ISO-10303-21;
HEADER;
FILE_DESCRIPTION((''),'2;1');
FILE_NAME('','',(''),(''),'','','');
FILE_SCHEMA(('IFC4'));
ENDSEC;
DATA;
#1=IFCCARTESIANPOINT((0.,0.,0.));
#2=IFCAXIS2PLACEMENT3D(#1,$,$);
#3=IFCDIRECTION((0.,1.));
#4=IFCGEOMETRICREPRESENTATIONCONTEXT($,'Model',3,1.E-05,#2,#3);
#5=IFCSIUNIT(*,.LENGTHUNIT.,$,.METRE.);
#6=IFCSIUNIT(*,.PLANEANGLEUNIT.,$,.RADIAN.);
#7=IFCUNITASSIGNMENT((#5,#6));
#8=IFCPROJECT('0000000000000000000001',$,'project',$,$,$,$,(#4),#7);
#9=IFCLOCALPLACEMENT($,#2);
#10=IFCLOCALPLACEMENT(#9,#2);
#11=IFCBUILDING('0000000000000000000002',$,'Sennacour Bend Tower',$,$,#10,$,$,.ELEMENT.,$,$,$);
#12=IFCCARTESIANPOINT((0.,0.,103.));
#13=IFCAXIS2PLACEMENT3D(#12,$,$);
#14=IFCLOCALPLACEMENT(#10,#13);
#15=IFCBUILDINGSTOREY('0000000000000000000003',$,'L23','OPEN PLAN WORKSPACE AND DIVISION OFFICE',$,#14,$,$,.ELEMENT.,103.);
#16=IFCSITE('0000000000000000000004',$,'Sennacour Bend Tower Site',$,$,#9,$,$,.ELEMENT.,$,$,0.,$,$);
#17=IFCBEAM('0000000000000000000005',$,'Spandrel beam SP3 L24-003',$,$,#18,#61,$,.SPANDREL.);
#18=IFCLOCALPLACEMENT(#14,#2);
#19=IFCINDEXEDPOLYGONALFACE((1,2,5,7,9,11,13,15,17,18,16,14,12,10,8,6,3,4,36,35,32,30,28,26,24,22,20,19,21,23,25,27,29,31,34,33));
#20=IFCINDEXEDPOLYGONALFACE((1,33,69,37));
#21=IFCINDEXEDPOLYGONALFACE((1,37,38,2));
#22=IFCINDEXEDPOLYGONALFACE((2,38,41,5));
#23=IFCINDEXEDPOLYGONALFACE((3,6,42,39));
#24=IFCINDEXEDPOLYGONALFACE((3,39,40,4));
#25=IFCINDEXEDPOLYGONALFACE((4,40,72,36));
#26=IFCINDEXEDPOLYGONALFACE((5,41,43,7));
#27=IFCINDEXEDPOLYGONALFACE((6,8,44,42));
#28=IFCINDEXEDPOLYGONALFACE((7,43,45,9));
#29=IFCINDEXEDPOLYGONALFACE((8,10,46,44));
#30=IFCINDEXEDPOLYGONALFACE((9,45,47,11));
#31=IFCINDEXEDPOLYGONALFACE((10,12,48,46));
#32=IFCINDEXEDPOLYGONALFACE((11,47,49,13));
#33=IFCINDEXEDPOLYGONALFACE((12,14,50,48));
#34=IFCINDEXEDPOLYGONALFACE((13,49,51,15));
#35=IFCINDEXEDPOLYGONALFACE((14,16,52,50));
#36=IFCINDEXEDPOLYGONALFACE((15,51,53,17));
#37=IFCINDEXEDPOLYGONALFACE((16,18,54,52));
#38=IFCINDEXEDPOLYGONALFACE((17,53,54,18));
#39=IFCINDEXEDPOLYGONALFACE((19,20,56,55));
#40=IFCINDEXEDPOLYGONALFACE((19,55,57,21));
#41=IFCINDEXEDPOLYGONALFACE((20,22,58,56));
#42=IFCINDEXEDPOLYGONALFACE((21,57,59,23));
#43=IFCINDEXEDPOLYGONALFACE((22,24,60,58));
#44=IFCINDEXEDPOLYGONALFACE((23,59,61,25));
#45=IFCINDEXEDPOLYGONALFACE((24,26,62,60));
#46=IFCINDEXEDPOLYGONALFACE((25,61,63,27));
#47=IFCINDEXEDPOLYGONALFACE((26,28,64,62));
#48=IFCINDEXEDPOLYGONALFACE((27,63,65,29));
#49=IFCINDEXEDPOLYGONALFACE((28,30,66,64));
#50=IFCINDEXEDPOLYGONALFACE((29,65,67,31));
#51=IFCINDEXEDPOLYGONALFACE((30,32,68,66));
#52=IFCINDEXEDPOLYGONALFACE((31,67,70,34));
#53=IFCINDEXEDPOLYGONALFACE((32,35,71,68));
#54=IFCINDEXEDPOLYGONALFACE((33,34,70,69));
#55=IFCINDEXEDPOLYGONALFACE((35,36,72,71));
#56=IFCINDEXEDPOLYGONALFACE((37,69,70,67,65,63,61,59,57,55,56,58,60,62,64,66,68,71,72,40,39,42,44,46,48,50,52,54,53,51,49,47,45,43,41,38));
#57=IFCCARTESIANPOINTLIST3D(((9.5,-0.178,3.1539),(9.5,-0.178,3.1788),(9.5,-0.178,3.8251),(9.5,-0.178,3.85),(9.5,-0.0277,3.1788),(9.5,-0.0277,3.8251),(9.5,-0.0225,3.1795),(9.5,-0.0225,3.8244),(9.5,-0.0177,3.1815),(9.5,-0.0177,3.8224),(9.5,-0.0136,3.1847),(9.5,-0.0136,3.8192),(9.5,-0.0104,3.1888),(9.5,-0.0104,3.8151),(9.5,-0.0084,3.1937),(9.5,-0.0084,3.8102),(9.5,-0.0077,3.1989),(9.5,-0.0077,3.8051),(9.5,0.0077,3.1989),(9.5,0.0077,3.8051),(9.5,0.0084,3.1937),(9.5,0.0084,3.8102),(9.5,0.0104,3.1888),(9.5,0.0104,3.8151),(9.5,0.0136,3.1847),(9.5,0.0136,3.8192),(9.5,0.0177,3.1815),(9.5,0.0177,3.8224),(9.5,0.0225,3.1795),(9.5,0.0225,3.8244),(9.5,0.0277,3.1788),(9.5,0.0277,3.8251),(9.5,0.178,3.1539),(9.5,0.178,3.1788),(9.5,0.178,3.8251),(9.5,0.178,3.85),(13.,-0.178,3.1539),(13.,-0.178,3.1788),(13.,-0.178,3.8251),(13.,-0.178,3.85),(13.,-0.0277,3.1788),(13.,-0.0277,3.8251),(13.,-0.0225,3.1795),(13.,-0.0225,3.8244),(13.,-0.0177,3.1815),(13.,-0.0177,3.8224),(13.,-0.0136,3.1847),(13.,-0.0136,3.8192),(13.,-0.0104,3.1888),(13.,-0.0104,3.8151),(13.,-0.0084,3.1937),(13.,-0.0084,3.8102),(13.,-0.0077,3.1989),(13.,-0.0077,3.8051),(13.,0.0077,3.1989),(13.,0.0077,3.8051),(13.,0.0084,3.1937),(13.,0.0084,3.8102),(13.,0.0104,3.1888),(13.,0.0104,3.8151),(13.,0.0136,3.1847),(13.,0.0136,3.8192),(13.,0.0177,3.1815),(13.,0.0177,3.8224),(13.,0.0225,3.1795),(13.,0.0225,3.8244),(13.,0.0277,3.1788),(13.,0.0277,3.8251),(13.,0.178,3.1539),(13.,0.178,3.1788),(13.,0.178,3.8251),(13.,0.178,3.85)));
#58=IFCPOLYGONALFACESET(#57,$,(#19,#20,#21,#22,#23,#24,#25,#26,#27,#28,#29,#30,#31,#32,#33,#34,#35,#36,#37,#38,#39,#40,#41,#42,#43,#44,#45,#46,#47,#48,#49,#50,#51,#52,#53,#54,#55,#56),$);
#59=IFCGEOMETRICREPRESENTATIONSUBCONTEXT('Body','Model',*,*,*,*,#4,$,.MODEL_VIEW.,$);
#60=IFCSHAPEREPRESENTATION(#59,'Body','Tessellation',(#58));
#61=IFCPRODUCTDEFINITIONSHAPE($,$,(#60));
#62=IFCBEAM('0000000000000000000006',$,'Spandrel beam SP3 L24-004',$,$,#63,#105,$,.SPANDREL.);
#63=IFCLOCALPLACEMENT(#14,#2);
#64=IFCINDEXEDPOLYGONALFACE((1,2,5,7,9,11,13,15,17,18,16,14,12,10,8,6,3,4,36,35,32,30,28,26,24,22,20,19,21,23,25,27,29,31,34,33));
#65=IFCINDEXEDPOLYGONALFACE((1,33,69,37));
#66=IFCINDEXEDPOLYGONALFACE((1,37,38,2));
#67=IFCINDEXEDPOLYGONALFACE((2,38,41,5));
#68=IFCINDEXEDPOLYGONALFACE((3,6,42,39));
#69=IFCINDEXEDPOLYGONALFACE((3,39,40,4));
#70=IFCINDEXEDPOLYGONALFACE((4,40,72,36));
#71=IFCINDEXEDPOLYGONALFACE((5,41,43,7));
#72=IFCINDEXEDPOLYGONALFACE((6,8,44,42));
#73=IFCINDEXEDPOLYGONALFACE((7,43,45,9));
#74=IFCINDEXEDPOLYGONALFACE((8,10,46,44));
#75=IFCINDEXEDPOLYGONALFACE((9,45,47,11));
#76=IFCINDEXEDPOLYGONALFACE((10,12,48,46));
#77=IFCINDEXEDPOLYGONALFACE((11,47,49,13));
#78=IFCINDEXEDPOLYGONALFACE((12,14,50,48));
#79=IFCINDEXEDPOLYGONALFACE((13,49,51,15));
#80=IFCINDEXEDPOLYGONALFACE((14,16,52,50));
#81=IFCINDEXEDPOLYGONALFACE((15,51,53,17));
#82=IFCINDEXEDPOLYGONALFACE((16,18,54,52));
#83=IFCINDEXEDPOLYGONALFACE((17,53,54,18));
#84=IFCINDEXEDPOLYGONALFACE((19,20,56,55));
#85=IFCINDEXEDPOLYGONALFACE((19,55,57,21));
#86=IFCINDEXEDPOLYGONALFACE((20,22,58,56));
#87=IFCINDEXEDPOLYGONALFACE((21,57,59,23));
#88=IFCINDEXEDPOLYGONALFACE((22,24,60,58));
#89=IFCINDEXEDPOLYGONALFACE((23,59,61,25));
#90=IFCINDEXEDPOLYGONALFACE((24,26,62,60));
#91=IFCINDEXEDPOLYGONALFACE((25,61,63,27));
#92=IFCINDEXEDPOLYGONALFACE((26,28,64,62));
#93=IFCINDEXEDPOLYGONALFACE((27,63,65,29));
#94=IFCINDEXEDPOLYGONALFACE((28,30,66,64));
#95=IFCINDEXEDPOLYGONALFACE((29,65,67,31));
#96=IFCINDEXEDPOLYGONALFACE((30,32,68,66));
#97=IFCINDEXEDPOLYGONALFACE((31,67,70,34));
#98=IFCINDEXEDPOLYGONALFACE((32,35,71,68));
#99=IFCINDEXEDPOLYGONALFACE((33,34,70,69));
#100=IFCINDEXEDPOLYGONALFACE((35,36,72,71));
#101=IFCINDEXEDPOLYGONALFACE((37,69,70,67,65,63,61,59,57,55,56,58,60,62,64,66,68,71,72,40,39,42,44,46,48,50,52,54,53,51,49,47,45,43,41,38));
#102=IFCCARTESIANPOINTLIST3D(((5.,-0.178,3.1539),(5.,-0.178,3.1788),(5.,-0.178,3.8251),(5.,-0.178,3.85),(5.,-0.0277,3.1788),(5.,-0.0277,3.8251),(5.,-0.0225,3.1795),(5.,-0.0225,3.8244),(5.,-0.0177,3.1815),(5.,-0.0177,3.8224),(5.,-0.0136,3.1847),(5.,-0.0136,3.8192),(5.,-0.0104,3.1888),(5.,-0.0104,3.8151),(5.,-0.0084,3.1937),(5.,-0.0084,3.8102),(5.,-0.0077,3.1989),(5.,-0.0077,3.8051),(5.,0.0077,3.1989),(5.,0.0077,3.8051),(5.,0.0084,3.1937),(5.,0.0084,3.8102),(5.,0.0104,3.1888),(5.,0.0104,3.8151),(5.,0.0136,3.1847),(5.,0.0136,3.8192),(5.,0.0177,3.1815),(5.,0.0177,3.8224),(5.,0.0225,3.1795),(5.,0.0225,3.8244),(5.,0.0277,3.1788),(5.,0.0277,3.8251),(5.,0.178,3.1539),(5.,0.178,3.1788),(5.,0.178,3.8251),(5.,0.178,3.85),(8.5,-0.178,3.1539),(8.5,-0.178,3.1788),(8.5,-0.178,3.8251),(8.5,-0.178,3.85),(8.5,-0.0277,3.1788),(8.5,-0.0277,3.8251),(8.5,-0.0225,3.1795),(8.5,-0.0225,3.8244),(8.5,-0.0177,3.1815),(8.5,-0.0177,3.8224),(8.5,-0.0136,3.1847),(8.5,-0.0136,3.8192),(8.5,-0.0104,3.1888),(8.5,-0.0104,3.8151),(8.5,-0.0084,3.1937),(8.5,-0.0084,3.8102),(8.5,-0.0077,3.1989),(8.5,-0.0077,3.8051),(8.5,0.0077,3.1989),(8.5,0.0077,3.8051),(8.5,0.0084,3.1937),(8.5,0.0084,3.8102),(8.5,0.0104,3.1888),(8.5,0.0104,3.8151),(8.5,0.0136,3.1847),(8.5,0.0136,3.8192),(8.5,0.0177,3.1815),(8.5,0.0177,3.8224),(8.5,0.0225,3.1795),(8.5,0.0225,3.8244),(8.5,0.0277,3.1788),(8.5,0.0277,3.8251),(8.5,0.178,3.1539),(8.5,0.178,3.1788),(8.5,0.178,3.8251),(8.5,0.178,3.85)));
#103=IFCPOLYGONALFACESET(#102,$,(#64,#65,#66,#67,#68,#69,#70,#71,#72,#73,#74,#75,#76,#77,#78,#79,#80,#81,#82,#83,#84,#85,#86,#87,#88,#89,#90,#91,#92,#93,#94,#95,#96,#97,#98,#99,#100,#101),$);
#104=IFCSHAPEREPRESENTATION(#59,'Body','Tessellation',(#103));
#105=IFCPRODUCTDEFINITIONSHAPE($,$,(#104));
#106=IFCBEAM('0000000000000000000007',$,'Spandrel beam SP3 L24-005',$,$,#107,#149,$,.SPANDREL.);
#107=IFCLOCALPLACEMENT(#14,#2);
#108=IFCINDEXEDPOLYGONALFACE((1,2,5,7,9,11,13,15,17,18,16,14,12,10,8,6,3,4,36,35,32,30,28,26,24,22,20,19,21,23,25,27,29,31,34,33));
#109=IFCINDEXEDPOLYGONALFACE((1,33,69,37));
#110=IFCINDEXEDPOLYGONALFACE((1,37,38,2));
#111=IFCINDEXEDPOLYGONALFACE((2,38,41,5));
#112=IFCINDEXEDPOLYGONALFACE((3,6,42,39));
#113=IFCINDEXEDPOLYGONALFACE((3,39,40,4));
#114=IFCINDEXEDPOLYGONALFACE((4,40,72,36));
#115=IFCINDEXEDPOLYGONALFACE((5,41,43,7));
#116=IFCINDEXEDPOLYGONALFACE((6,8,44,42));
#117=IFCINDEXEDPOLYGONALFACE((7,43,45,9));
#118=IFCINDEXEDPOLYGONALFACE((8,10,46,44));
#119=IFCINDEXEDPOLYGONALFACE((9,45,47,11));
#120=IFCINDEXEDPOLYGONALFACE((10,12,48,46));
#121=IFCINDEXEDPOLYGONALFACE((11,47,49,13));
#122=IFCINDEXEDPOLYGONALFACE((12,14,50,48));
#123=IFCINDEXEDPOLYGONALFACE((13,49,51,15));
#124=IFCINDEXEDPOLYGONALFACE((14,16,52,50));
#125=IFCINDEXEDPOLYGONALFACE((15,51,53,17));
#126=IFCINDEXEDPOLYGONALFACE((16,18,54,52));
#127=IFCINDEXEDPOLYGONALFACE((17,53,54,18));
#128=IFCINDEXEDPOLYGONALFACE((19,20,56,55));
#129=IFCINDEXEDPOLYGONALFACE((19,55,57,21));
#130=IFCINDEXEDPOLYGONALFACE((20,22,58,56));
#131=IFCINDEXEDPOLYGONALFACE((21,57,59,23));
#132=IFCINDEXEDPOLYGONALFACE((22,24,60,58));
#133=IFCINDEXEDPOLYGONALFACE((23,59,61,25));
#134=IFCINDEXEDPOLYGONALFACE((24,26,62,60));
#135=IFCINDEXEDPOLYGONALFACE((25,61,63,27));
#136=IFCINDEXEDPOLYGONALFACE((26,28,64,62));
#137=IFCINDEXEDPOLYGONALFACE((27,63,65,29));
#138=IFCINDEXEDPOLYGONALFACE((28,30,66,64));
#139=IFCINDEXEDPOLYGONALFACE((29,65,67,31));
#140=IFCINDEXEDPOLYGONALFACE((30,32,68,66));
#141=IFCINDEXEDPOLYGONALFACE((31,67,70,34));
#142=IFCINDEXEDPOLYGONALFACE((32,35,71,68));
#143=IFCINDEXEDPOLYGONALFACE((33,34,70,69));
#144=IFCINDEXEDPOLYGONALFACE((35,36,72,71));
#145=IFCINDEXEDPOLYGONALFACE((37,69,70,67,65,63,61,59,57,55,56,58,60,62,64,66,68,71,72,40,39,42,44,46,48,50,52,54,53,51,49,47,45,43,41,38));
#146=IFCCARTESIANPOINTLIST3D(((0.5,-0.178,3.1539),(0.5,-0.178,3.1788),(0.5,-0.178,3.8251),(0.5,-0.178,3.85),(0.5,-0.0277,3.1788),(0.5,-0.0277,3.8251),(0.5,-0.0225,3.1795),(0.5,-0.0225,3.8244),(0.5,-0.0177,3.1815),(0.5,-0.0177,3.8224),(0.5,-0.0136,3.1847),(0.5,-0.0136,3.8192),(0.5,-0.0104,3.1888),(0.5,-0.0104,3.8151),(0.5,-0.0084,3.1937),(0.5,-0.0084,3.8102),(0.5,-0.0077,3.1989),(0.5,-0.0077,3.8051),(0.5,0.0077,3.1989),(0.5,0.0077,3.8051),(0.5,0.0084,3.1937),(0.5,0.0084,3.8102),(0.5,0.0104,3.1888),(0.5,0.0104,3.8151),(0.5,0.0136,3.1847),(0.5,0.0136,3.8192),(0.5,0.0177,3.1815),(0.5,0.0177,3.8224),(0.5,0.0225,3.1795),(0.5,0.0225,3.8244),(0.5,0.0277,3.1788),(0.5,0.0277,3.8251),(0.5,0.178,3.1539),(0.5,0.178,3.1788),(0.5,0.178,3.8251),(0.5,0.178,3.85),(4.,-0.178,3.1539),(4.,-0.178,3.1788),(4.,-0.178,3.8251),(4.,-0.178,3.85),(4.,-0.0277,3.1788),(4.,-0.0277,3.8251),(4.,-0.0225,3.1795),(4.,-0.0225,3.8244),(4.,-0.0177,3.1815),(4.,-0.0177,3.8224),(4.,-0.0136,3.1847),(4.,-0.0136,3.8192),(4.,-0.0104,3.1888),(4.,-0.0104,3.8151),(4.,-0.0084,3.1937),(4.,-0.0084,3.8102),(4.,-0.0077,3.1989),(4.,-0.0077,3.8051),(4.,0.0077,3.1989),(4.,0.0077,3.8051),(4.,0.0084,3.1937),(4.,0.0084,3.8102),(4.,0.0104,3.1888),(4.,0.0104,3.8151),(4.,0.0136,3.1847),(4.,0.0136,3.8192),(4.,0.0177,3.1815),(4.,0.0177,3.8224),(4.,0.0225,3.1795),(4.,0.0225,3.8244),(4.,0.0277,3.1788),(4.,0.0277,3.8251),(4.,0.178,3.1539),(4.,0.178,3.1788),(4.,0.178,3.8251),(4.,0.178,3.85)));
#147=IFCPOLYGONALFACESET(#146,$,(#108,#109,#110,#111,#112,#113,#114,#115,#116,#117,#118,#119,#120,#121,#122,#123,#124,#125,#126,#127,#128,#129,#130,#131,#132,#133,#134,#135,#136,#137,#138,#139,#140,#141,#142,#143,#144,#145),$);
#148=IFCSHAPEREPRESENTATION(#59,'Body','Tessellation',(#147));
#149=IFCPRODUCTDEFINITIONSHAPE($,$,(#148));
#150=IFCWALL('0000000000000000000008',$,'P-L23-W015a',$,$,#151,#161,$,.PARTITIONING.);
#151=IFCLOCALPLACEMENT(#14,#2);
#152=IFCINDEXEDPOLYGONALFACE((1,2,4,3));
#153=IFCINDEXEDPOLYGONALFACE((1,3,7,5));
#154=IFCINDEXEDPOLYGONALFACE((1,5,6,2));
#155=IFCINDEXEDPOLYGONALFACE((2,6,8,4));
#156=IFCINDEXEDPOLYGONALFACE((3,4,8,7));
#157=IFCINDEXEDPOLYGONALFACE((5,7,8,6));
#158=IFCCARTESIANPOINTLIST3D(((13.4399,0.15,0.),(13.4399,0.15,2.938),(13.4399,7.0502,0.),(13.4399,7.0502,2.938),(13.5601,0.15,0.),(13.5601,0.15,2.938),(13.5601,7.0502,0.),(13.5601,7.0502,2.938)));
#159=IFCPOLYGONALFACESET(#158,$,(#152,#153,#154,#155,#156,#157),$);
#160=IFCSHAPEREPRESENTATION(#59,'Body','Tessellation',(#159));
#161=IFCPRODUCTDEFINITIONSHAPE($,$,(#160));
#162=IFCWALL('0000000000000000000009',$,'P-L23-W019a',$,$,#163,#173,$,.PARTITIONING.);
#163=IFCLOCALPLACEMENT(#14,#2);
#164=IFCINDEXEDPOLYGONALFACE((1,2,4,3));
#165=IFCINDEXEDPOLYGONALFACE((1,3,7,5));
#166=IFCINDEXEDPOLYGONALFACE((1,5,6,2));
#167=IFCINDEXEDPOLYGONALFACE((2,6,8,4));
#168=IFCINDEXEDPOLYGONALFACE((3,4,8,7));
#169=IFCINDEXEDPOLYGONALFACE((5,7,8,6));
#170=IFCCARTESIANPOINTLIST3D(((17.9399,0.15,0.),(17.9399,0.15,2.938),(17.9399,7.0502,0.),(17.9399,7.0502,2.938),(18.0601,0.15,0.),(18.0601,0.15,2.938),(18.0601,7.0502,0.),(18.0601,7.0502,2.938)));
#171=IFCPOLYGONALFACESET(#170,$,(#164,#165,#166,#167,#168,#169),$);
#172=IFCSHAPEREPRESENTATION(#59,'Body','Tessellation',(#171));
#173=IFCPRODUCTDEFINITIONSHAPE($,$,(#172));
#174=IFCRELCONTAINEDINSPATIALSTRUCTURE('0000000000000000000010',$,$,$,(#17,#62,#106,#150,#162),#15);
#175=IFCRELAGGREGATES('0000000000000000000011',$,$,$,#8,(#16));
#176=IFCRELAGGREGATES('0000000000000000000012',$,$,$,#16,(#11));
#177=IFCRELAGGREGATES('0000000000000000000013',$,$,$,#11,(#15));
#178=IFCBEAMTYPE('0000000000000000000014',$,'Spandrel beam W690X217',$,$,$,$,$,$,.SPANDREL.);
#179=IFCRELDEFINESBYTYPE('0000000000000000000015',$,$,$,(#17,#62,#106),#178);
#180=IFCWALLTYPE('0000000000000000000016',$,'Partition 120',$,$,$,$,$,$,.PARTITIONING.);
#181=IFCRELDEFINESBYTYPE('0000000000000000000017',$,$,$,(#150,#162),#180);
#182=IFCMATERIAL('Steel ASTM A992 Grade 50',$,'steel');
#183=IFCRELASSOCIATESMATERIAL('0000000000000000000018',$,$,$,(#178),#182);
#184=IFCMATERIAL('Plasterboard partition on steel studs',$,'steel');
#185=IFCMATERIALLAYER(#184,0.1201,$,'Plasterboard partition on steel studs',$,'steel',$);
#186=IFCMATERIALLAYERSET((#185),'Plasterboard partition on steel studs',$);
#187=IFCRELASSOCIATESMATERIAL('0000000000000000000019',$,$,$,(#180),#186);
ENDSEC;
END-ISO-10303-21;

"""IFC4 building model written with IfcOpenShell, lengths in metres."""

from ifc_helpers import new_model, si_unit, direction, frame, frame_2d, origin, origin_2d, place, context, subcontext, project, spatial, rectangle, i_section, extrude, material, layer, layer_set, material_profile, profile_set, type_object, element, save


model = new_model("IFC4")

# Units and contexts
model_context = context("Model", 3, precision=1e-05, world=origin(), true_north=direction((0.0, 1.0)))
body_context = subcontext(model_context, "Body", "Model", "MODEL_VIEW")
ifc_project = project(units=[si_unit("LENGTHUNIT", "METRE"), si_unit("PLANEANGLEUNIT", "RADIAN")], contexts=[model_context])

# Site, building, storey
site_placement = place(None, origin())
site = spatial("IfcSite", under=ifc_project, at=site_placement, Name="Sennacour Bend Tower Site", CompositionType="ELEMENT", RefElevation=0.0)
building_placement = place(site_placement, origin())
building = spatial("IfcBuilding", under=site, at=building_placement, Name="Sennacour Bend Tower", CompositionType="ELEMENT")
storey_placement = place(building_placement, frame((0.0, 0.0, 103.0)))
storey = spatial("IfcBuildingStorey", under=building, at=storey_placement, Name="L23", Description="OPEN PLAN WORKSPACE AND DIVISION OFFICE", CompositionType="ELEMENT", Elevation=103.0)

# Beams
ifc_material_1 = material(Name="Steel ASTM A992 Grade 50", Category="steel")
ifc_material_profile_1 = material_profile(ifc_material_1, i_section(OverallWidth=0.356, OverallDepth=0.696, WebThickness=0.0154, FlangeThickness=0.0249, FilletRadius=0.02, at=origin_2d()), Name="Steel ASTM A992 Grade 50", Category="steel")
ifc_profile_set_1 = profile_set([ifc_material_profile_1], Name="Steel ASTM A992 Grade 50")
beam_type_1 = type_object("IfcBeamType", Name="Spandrel beam W690X217", PredefinedType="SPANDREL", material=ifc_profile_set_1)
for number, where, z_axis, x_axis, name in (
    (1, (13.0, 0.0, 3.502), (-1.0, 0.0, 0.0), (0.0, -1.0, 0.0), "Spandrel beam SP3 L24-003"),
    (2, (8.5, 0.0, 3.502), (-1.0, 0.0, 0.0), (0.0, -1.0, 0.0), "Spandrel beam SP3 L24-004"),
    (3, (4.0, 0.0, 3.502), (-1.0, 0.0, 0.0), (0.0, -1.0, 0.0), "Spandrel beam SP3 L24-005"),
):
    element("IfcBeam", number, at=place(storey_placement, frame(where, z_axis=z_axis, x_axis=x_axis)), inside=storey, type_object=beam_type_1, Name=name, PredefinedType="SPANDREL", context=body_context, shape_type="SweptSolid", body=[
        extrude(i_section(OverallWidth=0.356, OverallDepth=0.696, WebThickness=0.0154, FlangeThickness=0.0249, FilletRadius=0.02, at=origin_2d()), origin(), (0.0, 0.0, 1.0), 3.5),
    ])

# Walls
ifc_material_2 = material(Name="Plasterboard partition on steel studs", Category="steel")
ifc_layer_1 = layer(ifc_material_2, 0.1201, Name="Plasterboard partition on steel studs", Category="steel")
ifc_layer_set_1 = layer_set([ifc_layer_1], Name="Plasterboard partition on steel studs")
wall_type_1 = type_object("IfcWallType", Name="Partition 120", PredefinedType="PARTITIONING", material=ifc_layer_set_1)
for number, where, z_axis, x_axis, name in (
    (4, (13.5, 0.1499, 0.0), (0.0, 0.0, 1.0), (0.0, 1.0, 0.0), "P-L23-W015a"),
    (5, (18.0, 0.1499, 0.0), (0.0, 0.0, 1.0), (0.0, 1.0, 0.0), "P-L23-W019a"),
):
    element("IfcWall", number, at=place(storey_placement, frame(where, z_axis=z_axis, x_axis=x_axis)), inside=storey, type_object=wall_type_1, Name=name, PredefinedType="PARTITIONING", context=body_context, shape_type="SweptSolid", body=[
        extrude(rectangle(XDim=6.9001, YDim=0.1201, at=frame_2d((3.4502, 0.0))), origin(), (0.0, 0.0, 1.0), 2.938),
    ])

save(model, "model.ifc")
